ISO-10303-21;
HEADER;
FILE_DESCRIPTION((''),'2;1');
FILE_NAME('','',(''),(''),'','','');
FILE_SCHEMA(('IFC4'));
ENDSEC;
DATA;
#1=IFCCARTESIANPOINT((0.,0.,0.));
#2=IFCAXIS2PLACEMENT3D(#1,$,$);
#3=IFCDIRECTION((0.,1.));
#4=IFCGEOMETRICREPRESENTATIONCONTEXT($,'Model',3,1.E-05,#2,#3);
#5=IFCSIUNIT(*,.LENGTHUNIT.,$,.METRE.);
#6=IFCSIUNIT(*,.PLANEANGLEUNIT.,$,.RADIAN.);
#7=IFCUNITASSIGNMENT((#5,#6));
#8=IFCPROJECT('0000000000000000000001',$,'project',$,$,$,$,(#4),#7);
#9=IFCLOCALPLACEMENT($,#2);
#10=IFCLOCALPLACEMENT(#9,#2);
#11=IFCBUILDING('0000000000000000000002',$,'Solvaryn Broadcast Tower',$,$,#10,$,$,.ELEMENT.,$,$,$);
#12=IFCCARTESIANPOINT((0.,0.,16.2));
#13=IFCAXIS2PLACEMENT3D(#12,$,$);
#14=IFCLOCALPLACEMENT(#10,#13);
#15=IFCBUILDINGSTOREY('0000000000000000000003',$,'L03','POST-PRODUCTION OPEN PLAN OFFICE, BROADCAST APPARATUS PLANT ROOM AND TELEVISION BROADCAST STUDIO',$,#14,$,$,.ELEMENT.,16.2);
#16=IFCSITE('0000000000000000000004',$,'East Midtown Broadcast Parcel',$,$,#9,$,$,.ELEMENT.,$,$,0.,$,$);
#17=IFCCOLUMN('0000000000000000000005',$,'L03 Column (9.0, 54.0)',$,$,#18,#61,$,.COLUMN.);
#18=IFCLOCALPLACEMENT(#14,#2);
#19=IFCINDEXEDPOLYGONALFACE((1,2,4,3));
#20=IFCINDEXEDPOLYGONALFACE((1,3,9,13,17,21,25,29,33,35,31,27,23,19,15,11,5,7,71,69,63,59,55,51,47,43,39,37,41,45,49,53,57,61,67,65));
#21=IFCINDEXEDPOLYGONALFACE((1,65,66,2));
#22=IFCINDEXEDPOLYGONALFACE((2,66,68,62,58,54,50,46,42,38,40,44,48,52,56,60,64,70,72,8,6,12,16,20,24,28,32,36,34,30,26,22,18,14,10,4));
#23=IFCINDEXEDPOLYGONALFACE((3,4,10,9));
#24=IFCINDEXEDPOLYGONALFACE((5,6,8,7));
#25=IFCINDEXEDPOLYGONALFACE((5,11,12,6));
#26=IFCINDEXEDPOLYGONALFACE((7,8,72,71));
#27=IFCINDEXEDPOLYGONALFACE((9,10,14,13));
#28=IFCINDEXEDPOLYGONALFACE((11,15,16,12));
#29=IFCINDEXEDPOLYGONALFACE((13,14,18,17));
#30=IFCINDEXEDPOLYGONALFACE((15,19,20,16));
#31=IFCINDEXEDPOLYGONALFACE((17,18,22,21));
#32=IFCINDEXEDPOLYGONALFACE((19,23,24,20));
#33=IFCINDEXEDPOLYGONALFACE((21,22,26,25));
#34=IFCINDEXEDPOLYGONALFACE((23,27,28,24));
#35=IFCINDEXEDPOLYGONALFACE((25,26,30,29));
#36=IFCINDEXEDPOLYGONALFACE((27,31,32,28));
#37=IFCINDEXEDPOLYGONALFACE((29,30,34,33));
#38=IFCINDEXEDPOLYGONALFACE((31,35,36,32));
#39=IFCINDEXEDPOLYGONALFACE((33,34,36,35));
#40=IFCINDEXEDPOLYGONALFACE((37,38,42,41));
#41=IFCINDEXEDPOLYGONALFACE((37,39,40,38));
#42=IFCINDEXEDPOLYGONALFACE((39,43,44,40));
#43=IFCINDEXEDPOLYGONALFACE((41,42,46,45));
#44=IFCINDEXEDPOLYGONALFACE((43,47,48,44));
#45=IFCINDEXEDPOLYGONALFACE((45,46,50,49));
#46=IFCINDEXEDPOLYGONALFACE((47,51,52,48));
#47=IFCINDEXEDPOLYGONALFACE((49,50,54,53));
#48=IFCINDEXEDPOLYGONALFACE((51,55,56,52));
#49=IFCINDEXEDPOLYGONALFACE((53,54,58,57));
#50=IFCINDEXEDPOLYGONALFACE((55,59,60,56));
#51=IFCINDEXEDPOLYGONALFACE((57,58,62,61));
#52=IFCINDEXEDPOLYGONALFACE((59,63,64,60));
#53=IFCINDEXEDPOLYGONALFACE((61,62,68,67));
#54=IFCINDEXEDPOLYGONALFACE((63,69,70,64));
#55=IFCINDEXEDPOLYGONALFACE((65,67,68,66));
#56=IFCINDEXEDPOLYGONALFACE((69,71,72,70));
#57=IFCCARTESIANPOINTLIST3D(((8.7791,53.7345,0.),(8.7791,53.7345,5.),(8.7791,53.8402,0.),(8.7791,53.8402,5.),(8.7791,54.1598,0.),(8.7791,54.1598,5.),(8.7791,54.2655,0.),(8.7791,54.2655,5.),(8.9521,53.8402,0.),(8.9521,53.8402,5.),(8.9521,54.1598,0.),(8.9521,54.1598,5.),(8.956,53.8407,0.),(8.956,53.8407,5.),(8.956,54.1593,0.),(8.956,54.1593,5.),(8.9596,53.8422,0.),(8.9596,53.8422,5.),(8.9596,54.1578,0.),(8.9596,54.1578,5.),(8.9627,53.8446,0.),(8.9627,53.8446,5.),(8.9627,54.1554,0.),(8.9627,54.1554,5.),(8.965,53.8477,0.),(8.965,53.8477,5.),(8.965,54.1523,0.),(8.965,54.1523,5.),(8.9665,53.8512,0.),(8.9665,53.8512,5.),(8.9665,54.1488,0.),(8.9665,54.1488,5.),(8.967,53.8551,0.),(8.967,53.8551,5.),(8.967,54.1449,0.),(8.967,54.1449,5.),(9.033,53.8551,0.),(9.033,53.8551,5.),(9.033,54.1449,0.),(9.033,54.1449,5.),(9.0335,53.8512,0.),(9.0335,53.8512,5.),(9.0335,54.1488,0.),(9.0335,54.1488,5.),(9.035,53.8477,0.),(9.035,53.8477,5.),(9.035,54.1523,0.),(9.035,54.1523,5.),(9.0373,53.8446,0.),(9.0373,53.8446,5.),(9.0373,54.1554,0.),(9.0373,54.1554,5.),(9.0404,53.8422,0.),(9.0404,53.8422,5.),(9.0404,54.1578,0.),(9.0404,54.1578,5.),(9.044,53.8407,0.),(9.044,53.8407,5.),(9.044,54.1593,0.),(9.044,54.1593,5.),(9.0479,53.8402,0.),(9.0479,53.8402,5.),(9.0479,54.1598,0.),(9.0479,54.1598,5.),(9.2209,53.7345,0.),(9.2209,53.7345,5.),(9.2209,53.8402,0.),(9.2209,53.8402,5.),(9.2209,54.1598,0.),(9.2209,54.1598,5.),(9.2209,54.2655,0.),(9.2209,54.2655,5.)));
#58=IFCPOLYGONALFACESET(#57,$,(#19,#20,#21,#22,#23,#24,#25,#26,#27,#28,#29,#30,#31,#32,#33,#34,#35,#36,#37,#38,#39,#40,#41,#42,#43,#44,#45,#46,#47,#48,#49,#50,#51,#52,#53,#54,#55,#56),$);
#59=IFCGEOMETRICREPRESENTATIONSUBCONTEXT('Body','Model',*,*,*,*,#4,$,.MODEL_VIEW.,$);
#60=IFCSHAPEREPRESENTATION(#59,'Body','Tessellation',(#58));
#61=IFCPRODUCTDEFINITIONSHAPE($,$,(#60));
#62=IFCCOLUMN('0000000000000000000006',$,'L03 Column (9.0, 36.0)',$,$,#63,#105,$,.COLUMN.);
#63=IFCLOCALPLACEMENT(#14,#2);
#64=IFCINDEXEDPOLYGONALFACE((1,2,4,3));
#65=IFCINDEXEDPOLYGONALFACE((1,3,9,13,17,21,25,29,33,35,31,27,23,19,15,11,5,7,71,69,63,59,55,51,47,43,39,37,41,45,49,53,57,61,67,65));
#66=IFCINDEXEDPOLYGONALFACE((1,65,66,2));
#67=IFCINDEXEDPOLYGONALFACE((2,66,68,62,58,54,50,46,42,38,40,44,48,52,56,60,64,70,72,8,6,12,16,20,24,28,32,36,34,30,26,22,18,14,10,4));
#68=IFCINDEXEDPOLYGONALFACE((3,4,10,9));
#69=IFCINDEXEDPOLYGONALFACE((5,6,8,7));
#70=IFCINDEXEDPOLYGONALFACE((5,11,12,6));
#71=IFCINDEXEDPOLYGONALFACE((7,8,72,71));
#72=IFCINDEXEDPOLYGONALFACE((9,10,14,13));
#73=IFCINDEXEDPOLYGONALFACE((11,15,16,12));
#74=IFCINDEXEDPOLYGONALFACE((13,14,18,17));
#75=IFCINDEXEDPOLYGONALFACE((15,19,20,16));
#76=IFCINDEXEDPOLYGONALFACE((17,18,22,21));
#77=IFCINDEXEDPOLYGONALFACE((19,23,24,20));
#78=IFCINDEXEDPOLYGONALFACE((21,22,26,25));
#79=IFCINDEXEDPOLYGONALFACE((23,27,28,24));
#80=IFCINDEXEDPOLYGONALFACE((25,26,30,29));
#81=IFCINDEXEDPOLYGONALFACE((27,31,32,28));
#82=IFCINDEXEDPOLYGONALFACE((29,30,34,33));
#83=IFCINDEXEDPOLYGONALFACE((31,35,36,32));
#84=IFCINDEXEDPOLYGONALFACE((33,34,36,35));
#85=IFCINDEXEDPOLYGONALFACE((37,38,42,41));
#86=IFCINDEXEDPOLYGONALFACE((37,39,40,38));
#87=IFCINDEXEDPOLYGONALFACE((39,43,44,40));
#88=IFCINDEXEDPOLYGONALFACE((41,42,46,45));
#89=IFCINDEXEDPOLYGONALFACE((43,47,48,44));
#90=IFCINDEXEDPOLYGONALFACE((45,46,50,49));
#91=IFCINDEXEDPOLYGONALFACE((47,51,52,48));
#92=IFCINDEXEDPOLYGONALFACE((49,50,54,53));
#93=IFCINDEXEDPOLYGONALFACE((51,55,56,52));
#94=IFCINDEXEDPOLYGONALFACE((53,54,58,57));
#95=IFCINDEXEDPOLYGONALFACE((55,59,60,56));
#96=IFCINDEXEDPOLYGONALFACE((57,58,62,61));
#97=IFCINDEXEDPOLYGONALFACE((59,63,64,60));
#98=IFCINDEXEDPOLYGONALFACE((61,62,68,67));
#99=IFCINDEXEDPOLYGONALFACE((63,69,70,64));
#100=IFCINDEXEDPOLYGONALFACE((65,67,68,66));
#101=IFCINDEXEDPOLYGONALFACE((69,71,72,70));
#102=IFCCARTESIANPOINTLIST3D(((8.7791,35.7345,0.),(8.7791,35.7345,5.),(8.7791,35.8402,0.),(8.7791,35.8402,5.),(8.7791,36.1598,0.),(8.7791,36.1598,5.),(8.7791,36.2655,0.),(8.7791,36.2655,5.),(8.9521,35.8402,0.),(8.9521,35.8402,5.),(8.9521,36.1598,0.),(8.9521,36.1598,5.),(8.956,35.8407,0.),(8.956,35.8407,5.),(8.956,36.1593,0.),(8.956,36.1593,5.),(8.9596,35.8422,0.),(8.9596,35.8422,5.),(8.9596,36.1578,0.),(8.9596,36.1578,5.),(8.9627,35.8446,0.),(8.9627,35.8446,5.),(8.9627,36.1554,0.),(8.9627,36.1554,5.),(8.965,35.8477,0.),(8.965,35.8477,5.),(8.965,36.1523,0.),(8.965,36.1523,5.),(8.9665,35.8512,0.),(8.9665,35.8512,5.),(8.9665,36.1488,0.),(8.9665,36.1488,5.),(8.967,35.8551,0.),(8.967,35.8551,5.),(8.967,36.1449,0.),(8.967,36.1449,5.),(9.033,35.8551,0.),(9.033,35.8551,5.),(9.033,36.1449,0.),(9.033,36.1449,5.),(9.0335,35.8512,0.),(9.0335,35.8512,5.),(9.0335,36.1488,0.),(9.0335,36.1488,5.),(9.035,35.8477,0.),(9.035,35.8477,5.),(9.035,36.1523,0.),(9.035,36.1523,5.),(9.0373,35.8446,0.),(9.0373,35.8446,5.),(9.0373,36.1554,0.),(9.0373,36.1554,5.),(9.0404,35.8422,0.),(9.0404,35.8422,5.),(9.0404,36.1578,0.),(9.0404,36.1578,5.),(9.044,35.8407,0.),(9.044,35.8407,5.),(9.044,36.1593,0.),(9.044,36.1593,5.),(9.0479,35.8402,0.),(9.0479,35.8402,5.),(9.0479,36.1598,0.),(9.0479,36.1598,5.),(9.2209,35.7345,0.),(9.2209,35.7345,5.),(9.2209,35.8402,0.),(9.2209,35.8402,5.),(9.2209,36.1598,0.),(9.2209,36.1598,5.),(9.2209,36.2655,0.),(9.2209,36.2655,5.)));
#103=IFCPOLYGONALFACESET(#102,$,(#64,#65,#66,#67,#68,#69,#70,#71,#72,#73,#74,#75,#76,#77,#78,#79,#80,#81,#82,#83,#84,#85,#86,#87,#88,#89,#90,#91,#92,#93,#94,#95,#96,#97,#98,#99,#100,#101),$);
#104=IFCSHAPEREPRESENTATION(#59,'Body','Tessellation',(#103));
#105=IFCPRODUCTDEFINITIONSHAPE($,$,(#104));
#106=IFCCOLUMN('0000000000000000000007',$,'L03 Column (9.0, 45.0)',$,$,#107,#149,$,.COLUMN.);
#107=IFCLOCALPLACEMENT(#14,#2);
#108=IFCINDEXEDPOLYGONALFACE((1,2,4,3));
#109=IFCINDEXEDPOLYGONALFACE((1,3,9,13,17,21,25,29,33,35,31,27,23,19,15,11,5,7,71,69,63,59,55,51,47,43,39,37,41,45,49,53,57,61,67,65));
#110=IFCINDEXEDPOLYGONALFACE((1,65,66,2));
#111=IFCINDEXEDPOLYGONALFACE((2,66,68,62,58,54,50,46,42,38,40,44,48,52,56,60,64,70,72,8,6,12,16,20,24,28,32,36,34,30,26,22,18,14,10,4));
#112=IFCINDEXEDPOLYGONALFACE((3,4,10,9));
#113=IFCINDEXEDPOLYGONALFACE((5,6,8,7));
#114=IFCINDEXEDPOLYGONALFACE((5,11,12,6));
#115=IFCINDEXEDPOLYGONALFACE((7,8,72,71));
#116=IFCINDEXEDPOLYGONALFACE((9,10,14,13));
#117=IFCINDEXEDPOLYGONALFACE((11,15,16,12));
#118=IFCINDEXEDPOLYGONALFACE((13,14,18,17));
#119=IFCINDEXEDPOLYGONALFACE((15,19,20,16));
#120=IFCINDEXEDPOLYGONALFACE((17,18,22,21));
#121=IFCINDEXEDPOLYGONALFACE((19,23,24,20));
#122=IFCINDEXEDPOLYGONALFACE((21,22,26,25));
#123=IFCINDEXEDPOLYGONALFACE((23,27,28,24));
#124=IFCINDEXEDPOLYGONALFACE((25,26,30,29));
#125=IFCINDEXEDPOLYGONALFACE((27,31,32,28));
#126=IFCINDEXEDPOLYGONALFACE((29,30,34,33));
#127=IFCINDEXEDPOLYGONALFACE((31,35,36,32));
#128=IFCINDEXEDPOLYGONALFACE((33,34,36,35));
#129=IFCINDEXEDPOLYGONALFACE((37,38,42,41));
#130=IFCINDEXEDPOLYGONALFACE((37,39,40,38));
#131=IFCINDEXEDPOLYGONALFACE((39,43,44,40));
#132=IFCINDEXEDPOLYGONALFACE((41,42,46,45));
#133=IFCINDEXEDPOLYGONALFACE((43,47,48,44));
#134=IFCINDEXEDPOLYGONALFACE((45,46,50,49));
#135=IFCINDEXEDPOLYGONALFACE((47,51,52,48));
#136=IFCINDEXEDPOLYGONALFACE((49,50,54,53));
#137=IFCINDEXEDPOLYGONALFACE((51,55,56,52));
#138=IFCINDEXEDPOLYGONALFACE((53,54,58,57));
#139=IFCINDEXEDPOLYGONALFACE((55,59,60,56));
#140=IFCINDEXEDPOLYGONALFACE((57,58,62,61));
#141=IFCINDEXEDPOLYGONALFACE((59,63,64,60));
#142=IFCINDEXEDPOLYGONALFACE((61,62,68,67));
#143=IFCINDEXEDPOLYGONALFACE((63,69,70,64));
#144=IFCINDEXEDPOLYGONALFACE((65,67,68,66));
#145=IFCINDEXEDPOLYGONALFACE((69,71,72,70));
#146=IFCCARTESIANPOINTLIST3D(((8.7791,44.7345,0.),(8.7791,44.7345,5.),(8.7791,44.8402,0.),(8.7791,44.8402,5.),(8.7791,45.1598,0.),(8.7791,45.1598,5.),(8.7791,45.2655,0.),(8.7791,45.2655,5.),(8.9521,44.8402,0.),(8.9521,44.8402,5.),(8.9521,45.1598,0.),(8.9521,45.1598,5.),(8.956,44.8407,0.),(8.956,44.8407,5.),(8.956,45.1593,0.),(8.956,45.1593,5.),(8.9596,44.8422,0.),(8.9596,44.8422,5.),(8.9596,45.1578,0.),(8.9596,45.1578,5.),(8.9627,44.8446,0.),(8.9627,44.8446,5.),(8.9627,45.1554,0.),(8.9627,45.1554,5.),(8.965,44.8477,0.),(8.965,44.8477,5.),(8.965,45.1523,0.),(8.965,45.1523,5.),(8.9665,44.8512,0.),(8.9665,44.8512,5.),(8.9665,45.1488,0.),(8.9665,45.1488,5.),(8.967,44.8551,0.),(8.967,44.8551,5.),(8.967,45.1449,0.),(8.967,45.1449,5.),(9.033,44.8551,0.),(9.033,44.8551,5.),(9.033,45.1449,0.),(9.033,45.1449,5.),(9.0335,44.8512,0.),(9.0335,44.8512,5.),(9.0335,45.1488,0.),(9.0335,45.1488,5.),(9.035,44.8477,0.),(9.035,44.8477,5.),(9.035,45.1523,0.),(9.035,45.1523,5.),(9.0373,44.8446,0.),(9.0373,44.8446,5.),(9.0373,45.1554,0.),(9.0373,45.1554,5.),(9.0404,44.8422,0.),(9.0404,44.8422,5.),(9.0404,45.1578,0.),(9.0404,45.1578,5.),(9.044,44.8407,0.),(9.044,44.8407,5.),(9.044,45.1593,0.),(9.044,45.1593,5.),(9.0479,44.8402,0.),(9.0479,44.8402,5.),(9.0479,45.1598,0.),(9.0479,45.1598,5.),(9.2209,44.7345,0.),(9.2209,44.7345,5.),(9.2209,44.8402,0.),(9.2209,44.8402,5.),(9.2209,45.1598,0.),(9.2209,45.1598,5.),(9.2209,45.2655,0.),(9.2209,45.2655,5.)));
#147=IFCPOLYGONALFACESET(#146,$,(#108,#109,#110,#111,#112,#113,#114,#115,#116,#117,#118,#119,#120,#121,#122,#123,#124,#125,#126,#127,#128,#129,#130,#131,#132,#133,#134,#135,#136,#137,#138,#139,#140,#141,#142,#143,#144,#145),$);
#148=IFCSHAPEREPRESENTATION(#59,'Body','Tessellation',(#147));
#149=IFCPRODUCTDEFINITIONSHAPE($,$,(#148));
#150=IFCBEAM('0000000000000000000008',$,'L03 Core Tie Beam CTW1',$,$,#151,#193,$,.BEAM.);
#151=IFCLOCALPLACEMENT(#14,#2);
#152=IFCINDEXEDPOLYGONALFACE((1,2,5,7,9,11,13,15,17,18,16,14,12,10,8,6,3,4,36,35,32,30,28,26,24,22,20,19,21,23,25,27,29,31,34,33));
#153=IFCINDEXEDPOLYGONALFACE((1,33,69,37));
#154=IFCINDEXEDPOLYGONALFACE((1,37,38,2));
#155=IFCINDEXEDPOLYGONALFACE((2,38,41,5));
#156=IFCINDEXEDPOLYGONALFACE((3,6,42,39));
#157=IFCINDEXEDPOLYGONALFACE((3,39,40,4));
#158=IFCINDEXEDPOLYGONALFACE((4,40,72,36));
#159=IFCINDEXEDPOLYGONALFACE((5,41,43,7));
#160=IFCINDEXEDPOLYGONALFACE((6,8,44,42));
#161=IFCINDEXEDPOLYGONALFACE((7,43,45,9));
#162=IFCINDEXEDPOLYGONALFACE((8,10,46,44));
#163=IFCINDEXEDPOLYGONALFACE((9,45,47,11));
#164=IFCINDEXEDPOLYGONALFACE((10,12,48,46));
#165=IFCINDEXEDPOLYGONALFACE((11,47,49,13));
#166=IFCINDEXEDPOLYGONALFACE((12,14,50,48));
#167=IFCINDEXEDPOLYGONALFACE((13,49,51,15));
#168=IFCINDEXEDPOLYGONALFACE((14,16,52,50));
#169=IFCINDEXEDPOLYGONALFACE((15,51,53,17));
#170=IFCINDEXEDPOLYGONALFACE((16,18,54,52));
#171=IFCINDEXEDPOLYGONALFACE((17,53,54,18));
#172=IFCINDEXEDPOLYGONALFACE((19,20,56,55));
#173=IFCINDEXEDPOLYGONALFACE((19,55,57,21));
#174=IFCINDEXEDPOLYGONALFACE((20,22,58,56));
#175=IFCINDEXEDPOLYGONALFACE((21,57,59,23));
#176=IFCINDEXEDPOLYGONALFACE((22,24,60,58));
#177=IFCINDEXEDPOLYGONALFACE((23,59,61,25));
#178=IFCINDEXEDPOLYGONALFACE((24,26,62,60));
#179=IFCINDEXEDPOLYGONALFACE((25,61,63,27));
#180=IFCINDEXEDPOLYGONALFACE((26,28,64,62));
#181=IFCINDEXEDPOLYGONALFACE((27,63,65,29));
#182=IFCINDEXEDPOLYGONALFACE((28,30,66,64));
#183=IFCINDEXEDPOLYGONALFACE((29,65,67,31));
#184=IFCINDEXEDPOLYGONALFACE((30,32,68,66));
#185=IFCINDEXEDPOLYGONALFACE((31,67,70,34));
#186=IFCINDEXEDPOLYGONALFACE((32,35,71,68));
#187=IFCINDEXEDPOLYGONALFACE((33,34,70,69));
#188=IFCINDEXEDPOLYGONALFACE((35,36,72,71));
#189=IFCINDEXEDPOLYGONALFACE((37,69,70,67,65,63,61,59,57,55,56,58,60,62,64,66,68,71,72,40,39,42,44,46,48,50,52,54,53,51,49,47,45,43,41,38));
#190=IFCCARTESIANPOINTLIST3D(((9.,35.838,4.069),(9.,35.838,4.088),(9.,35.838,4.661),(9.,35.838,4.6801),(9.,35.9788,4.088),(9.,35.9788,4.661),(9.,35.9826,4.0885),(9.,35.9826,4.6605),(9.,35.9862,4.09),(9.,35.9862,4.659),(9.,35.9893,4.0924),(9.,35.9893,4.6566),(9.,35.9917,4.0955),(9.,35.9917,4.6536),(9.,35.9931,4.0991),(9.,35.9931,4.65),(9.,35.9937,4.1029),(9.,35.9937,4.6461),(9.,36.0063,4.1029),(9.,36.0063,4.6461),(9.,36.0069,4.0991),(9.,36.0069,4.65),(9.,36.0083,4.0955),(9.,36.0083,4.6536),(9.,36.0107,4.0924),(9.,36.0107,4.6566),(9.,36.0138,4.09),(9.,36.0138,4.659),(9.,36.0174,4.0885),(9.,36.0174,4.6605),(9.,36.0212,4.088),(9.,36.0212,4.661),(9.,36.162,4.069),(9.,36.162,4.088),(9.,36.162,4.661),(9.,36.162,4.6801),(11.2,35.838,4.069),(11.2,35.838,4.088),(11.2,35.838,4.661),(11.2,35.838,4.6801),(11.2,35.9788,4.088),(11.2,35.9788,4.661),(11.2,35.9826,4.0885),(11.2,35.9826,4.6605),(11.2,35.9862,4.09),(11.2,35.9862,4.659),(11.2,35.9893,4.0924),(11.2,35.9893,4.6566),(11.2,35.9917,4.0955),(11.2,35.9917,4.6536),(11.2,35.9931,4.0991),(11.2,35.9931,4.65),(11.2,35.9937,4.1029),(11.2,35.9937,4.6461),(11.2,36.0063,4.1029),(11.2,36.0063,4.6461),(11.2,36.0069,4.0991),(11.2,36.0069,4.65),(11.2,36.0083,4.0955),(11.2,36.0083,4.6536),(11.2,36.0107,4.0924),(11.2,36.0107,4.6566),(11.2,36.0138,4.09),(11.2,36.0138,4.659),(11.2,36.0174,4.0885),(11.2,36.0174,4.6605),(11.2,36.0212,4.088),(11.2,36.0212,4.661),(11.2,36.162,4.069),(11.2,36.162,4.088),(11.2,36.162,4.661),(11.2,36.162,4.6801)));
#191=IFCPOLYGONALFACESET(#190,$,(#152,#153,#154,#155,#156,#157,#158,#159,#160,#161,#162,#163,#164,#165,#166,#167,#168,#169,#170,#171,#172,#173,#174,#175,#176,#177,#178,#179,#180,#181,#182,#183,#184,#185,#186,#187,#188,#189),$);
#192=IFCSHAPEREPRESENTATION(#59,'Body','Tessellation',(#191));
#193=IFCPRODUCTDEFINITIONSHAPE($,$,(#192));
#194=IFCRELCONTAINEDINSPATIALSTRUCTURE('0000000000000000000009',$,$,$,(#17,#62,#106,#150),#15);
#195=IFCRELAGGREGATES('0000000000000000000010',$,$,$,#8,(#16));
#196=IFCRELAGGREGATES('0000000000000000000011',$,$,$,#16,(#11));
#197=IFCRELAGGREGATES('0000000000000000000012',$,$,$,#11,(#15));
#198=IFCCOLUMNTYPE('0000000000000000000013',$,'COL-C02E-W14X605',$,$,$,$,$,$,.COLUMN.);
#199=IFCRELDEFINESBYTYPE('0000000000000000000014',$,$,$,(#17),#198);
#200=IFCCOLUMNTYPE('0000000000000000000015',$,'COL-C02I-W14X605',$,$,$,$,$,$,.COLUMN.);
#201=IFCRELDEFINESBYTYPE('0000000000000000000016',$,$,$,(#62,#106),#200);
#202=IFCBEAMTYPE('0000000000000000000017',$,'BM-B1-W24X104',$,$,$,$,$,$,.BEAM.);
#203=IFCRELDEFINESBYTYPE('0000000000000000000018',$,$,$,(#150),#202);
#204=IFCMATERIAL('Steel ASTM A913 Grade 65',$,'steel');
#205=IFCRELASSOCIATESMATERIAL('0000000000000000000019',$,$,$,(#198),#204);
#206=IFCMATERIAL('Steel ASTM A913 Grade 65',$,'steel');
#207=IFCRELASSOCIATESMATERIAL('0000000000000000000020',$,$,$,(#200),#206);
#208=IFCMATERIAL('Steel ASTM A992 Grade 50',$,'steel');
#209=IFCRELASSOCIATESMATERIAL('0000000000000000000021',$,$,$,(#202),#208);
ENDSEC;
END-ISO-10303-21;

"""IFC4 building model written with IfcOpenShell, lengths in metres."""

from ifc_helpers import new_model, si_unit, direction, frame, origin, origin_2d, place, context, subcontext, project, spatial, i_section, extrude, material, material_profile, profile_set, type_object, element, save


model = new_model("IFC4")

# Units and contexts
model_context = context("Model", 3, precision=1e-05, world=origin(), true_north=direction((0.0, 1.0)))
body_context = subcontext(model_context, "Body", "Model", "MODEL_VIEW")
ifc_project = project(units=[si_unit("LENGTHUNIT", "METRE"), si_unit("PLANEANGLEUNIT", "RADIAN")], contexts=[model_context])

# Site, building, storey
site_placement = place(None, origin())
site = spatial("IfcSite", under=ifc_project, at=site_placement, Name="East Midtown Broadcast Parcel", CompositionType="ELEMENT", RefElevation=0.0)
building_placement = place(site_placement, origin())
building = spatial("IfcBuilding", under=site, at=building_placement, Name="Solvaryn Broadcast Tower", CompositionType="ELEMENT")
storey_placement = place(building_placement, frame((0.0, 0.0, 16.2)))
storey = spatial("IfcBuildingStorey", under=building, at=storey_placement, Name="L03", Description="POST-PRODUCTION OPEN PLAN OFFICE, BROADCAST APPARATUS PLANT ROOM AND TELEVISION BROADCAST STUDIO", CompositionType="ELEMENT", Elevation=16.2)

# Columns
ifc_material_1 = material(Name="Steel ASTM A913 Grade 65", Category="steel")
ifc_material_profile_1 = material_profile(ifc_material_1, i_section(OverallWidth=0.4419, OverallDepth=0.531, WebThickness=0.0659, FlangeThickness=0.1057, FilletRadius=0.0149, at=origin_2d()))
ifc_profile_set_1 = profile_set([ifc_material_profile_1], Name="Steel ASTM A913 Grade 65")
column_type_1 = type_object("IfcColumnType", Name="COL-C02E-W14X605", PredefinedType="COLUMN", material=ifc_profile_set_1)
column_placement = place(storey_placement, frame((9.0, 54.0, 0.0), z_axis=(0.0, 0.0, 1.0), x_axis=(1.0, 0.0, 0.0)))
element("IfcColumn", 1, at=column_placement, inside=storey, type_object=column_type_1, Name="L03 Column (9.0, 54.0)", PredefinedType="COLUMN", context=body_context, shape_type="SweptSolid", body=[
    extrude(i_section(OverallWidth=0.4419, OverallDepth=0.531, WebThickness=0.0659, FlangeThickness=0.1057, FilletRadius=0.0149, at=origin_2d()), origin(), (0.0, 0.0, 1.0), 5.0),
])
ifc_material_2 = material(Name="Steel ASTM A913 Grade 65", Category="steel")
ifc_material_profile_2 = material_profile(ifc_material_2, i_section(OverallWidth=0.4419, OverallDepth=0.531, WebThickness=0.0659, FlangeThickness=0.1057, FilletRadius=0.0149, at=origin_2d()))
ifc_profile_set_2 = profile_set([ifc_material_profile_2], Name="Steel ASTM A913 Grade 65")
column_type_2 = type_object("IfcColumnType", Name="COL-C02I-W14X605", PredefinedType="COLUMN", material=ifc_profile_set_2)
for number, where, z_axis, x_axis, name in (
    (2, (9.0, 36.0, 0.0), (0.0, 0.0, 1.0), (1.0, 0.0, 0.0), "L03 Column (9.0, 36.0)"),
    (3, (9.0, 45.0, 0.0), (0.0, 0.0, 1.0), (1.0, 0.0, 0.0), "L03 Column (9.0, 45.0)"),
):
    element("IfcColumn", number, at=place(storey_placement, frame(where, z_axis=z_axis, x_axis=x_axis)), inside=storey, type_object=column_type_2, Name=name, PredefinedType="COLUMN", context=body_context, shape_type="SweptSolid", body=[
        extrude(i_section(OverallWidth=0.4419, OverallDepth=0.531, WebThickness=0.0659, FlangeThickness=0.1057, FilletRadius=0.0149, at=origin_2d()), origin(), (0.0, 0.0, 1.0), 5.0),
    ])

# Beam
ifc_material_3 = material(Name="Steel ASTM A992 Grade 50", Category="steel")
ifc_material_profile_3 = material_profile(ifc_material_3, i_section(OverallWidth=0.324, OverallDepth=0.6111, WebThickness=0.0127, FlangeThickness=0.019, FilletRadius=0.0149, at=origin_2d()))
ifc_profile_set_3 = profile_set([ifc_material_profile_3], Name="Steel ASTM A992 Grade 50")
beam_type_1 = type_object("IfcBeamType", Name="BM-B1-W24X104", PredefinedType="BEAM", material=ifc_profile_set_3)
beam_1_placement = place(storey_placement, frame((9.0, 36.0, 4.3745), z_axis=(1.0, 0.0, 0.0), x_axis=(0.0, 1.0, 0.0)))
element("IfcBeam", 4, at=beam_1_placement, inside=storey, type_object=beam_type_1, Name="L03 Core Tie Beam CTW1", PredefinedType="BEAM", context=body_context, shape_type="SweptSolid", body=[
    extrude(i_section(OverallWidth=0.324, OverallDepth=0.6111, WebThickness=0.0127, FlangeThickness=0.019, FilletRadius=0.0149, at=origin_2d()), origin(), (0.0, 0.0, 1.0), 2.2),
])

save(model, "model.ifc")
